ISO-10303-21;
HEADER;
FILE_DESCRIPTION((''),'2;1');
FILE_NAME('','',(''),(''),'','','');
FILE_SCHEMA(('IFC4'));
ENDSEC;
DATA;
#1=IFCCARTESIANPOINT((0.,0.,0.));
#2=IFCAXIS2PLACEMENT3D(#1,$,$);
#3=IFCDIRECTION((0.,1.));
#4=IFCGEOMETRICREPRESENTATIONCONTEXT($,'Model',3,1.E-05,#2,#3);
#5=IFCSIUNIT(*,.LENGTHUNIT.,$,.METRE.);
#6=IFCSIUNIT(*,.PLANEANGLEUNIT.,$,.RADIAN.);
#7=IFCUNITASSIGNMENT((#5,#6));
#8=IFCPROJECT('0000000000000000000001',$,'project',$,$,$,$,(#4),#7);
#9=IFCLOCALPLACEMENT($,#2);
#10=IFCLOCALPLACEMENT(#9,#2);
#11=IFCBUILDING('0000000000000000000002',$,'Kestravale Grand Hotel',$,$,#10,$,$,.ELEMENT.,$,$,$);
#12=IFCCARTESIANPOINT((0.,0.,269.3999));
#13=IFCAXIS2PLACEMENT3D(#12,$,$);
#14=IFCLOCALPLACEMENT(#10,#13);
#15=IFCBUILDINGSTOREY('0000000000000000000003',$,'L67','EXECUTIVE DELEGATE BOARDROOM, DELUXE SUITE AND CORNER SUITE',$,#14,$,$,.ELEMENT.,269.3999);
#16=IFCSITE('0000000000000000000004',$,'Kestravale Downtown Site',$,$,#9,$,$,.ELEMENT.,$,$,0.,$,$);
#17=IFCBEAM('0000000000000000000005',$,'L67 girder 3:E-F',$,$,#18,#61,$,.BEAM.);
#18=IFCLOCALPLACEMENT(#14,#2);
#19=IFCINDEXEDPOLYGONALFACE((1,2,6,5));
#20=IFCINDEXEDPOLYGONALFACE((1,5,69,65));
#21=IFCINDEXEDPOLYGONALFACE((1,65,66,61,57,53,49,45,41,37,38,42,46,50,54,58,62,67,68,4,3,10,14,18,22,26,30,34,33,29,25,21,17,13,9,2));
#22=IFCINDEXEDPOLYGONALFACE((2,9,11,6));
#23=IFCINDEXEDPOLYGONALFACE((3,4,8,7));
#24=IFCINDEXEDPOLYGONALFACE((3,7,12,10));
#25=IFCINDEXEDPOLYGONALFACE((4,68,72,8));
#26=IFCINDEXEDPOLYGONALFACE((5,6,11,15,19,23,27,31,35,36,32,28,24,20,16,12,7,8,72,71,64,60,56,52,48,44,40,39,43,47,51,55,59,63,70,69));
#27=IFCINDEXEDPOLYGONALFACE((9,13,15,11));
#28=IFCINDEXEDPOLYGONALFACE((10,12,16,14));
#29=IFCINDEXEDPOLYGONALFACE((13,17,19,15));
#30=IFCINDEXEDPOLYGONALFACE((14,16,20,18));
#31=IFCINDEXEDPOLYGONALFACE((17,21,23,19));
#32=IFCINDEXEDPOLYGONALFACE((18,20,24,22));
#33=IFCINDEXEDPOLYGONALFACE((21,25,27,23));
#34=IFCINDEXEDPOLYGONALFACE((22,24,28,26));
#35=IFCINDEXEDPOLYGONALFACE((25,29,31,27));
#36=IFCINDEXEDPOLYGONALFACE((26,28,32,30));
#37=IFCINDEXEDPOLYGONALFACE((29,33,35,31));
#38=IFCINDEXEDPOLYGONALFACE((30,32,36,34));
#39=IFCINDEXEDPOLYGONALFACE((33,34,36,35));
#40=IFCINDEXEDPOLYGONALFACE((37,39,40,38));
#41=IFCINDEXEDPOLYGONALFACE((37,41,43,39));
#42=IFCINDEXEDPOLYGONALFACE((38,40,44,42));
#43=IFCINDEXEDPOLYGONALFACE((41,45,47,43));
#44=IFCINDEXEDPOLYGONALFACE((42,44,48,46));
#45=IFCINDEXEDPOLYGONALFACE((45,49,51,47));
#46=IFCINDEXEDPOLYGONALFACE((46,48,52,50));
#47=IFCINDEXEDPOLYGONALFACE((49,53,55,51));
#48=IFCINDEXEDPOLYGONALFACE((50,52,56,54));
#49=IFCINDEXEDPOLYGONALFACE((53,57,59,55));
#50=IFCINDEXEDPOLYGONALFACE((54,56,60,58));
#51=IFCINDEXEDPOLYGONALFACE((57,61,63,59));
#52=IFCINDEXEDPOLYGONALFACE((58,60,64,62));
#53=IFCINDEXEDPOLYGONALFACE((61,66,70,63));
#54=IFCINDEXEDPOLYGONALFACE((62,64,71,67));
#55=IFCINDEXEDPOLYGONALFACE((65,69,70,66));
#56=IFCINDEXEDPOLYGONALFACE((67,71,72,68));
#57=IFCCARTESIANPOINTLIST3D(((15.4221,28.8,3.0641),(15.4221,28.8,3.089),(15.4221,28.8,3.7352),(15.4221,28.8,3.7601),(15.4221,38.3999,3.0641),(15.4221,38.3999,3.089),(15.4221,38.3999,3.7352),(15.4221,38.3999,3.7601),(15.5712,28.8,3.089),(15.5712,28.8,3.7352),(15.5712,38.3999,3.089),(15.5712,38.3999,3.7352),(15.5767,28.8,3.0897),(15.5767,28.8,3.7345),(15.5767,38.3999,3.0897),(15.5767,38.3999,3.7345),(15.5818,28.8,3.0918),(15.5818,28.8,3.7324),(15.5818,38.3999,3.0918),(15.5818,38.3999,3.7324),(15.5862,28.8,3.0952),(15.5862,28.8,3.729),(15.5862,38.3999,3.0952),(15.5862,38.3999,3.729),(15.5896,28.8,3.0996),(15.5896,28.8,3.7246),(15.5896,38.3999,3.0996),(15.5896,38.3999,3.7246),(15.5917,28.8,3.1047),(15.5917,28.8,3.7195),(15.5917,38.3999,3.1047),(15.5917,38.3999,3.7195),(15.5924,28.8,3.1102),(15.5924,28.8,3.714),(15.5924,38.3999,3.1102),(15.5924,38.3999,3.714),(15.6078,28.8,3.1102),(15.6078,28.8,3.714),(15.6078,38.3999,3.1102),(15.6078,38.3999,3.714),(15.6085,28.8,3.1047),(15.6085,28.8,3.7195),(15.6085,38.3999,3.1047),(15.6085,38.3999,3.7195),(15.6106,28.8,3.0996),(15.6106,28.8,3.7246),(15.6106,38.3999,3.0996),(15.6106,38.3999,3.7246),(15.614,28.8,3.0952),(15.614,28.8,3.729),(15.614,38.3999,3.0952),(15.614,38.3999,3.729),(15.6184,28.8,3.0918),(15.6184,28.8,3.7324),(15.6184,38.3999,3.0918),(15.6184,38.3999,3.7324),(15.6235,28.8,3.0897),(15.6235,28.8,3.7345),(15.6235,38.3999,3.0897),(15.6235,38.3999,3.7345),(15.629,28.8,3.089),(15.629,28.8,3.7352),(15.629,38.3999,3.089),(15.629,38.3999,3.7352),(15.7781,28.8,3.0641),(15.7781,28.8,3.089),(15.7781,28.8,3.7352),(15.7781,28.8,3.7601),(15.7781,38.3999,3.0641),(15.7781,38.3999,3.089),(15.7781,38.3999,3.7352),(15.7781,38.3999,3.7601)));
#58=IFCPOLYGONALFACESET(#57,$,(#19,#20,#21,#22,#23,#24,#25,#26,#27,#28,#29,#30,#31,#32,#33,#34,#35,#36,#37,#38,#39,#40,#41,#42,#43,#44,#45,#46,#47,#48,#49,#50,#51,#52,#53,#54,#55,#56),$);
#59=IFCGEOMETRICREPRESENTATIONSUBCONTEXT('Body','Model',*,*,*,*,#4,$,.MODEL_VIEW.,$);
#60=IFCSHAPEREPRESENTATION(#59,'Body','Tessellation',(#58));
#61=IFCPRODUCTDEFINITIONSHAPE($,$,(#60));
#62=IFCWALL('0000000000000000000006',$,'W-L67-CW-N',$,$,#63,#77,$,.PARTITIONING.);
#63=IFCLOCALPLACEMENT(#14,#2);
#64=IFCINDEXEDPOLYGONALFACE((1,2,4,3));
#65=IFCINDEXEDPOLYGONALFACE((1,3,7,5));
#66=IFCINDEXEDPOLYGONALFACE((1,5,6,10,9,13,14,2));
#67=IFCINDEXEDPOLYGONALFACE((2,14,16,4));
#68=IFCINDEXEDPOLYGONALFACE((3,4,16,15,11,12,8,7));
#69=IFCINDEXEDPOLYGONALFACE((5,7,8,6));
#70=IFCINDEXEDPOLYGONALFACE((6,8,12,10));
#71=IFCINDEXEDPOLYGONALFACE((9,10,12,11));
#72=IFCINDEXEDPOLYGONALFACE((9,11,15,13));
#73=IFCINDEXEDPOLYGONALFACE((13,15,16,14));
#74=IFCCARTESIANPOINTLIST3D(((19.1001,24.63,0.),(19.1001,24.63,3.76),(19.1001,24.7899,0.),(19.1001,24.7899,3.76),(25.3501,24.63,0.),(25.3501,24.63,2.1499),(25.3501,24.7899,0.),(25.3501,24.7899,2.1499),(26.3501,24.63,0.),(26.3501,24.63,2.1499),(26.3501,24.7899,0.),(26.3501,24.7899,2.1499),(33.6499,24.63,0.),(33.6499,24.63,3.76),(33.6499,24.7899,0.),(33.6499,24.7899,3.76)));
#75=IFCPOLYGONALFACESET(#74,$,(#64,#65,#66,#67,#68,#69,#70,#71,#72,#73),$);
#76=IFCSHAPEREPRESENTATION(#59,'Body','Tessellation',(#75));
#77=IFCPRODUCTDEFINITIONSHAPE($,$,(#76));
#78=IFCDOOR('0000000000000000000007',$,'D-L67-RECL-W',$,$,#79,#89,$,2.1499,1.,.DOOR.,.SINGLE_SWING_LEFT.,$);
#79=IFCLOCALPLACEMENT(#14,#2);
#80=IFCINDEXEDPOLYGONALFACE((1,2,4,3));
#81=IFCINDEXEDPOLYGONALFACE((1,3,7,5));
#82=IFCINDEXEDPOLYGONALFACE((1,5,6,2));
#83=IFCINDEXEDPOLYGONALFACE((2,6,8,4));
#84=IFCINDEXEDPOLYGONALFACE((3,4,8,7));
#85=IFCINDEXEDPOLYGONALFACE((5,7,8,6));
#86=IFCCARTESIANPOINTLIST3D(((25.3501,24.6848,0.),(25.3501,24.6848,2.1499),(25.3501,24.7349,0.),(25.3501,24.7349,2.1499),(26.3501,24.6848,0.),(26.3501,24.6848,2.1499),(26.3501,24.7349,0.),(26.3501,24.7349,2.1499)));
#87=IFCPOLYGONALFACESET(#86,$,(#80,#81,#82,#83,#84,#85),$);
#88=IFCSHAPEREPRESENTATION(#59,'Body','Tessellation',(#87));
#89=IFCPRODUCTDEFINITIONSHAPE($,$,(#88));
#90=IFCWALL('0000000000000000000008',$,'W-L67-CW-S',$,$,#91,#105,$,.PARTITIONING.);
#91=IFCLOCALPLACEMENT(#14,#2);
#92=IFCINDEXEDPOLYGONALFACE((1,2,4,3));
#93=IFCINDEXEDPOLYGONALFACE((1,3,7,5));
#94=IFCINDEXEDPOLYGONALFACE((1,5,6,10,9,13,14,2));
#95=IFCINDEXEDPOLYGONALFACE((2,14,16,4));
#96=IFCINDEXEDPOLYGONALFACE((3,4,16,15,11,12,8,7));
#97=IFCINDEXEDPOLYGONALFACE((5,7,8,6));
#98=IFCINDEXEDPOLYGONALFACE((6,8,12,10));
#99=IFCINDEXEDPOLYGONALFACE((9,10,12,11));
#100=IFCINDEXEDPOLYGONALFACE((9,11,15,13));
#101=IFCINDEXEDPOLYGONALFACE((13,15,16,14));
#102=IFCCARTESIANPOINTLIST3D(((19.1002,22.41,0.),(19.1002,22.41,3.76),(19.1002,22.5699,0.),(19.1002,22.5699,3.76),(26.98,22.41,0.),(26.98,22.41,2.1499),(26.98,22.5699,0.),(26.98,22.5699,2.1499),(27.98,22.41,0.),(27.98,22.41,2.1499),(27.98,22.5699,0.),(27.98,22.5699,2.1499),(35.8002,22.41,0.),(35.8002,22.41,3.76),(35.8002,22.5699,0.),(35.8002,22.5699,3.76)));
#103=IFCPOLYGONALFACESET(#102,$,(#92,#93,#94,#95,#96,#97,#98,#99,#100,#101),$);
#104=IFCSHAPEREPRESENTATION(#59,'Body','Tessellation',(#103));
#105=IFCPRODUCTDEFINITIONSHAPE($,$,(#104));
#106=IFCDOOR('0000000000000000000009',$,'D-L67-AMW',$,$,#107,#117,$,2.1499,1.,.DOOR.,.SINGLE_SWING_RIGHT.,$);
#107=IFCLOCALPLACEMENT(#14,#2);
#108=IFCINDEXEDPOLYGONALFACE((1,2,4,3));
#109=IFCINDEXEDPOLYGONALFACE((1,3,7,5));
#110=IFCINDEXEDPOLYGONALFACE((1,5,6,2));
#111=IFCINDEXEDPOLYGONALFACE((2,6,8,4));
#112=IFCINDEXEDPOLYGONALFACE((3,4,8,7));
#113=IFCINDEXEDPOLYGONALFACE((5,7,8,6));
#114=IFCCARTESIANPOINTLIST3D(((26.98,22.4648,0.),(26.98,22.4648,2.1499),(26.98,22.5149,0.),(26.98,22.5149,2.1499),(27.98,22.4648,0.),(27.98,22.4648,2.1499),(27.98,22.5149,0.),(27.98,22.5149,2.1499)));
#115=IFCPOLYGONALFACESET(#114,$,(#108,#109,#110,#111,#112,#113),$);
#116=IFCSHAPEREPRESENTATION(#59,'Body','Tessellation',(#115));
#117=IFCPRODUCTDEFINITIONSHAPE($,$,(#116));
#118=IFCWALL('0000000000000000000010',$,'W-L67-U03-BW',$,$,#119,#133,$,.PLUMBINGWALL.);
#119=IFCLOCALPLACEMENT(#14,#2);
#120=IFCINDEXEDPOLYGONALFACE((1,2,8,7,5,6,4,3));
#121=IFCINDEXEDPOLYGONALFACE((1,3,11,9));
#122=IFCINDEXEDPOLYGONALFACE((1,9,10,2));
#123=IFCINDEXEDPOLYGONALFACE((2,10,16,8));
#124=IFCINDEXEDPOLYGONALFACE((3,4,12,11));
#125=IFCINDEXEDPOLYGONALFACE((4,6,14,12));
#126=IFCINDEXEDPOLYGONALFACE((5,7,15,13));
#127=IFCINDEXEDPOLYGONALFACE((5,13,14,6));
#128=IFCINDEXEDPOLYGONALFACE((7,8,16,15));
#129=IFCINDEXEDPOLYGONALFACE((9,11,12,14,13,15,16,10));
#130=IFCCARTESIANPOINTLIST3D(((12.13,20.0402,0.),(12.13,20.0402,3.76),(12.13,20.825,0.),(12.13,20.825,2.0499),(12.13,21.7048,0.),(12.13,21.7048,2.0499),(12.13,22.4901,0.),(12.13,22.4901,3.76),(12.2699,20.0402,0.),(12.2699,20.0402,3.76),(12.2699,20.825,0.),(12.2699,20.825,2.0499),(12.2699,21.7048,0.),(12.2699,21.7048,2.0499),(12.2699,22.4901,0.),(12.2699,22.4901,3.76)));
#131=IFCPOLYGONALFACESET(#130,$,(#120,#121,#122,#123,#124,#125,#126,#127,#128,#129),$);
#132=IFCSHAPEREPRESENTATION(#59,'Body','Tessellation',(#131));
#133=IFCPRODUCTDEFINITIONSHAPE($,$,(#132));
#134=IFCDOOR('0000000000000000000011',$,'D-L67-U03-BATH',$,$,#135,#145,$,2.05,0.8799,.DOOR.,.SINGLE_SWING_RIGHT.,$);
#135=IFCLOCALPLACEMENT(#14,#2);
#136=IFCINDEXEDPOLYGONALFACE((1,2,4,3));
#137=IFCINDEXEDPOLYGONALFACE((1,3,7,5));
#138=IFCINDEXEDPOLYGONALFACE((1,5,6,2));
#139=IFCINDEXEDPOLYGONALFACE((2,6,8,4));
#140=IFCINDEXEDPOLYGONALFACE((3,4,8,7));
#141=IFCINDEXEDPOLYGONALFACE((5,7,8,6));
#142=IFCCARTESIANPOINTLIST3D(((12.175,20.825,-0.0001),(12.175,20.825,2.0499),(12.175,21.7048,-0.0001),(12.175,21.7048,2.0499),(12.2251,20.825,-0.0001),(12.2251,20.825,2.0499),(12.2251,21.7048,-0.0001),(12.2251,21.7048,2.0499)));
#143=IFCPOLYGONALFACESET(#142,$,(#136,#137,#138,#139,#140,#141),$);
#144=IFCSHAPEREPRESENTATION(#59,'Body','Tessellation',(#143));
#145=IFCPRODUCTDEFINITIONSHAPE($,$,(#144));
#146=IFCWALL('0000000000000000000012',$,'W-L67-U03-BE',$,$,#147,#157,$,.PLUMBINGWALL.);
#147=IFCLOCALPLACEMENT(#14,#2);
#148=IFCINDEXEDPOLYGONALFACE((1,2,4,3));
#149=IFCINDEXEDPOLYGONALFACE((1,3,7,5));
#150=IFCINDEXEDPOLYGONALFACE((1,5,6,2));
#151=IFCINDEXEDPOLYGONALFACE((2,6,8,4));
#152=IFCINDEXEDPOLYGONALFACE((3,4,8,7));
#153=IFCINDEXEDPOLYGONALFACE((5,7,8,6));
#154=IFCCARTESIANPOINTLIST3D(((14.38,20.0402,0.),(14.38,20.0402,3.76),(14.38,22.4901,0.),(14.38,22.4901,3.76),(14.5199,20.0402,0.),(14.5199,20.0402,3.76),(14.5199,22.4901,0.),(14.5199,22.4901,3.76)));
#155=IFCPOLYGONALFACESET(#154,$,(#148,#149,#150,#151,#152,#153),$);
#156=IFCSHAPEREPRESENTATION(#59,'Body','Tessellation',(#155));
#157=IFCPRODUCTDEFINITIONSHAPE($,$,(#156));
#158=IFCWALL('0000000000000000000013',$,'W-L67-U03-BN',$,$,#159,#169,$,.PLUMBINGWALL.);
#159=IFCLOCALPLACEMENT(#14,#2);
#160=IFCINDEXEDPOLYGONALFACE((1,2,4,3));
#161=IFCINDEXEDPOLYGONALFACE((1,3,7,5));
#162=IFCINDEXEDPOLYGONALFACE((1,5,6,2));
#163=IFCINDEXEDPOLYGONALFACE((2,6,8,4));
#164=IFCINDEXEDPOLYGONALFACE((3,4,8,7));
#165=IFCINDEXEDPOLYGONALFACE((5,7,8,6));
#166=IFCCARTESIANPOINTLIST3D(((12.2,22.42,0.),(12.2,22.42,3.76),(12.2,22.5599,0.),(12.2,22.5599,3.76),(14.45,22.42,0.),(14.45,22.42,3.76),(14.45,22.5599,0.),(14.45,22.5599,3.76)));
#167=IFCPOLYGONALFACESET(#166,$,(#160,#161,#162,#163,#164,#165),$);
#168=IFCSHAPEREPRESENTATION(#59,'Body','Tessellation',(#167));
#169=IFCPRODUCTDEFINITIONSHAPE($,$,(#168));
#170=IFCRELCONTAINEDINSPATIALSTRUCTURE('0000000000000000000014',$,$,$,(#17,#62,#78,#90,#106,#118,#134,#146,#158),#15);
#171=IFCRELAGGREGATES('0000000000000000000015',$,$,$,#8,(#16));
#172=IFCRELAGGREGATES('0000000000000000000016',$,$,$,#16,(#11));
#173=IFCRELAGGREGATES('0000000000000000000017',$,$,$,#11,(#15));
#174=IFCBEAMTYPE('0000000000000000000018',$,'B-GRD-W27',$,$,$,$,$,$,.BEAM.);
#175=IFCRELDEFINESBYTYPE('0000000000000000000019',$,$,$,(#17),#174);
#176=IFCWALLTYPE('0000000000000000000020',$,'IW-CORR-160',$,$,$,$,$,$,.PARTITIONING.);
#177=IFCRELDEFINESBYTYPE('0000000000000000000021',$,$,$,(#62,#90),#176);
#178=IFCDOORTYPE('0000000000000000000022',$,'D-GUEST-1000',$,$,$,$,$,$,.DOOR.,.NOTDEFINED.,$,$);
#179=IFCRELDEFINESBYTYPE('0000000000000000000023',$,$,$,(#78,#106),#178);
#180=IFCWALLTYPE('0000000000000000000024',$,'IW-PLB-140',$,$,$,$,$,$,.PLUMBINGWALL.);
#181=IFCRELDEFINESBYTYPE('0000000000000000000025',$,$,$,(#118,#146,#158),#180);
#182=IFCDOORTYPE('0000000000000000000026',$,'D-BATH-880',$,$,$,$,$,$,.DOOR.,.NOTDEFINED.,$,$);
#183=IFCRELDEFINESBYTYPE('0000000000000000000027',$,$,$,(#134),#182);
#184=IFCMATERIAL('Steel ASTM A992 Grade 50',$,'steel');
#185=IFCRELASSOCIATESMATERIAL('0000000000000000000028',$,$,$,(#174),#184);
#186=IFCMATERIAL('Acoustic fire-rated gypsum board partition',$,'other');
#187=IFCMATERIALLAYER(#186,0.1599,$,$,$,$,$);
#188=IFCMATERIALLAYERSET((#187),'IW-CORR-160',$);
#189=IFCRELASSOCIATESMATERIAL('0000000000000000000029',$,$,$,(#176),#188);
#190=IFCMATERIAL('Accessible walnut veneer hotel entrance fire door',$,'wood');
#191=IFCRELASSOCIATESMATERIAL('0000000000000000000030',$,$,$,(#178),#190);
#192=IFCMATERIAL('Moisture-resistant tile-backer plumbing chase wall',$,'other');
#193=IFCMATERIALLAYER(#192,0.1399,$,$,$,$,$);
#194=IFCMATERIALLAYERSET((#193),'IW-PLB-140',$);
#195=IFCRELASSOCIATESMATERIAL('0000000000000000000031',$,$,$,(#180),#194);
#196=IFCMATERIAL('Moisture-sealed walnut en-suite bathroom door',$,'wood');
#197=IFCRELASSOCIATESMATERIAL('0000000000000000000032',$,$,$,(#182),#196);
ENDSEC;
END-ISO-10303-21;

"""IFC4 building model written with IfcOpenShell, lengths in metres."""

from ifc_helpers import new_model, si_unit, direction, frame, frame_2d, origin, origin_2d, place, context, subcontext, project, spatial, rectangle, i_section, extrude, material, layer, layer_set, material_profile, profile_set, type_object, element, fill, save


model = new_model("IFC4")

# Units and contexts
model_context = context("Model", 3, precision=1e-05, world=origin(), true_north=direction((0.0, 1.0)))
body_context = subcontext(model_context, "Body", "Model", "MODEL_VIEW")
ifc_project = project(units=[si_unit("LENGTHUNIT", "METRE"), si_unit("PLANEANGLEUNIT", "RADIAN")], contexts=[model_context])

# Site, building, storey
site_placement = place(None, origin())
site = spatial("IfcSite", under=ifc_project, at=site_placement, Name="Kestravale Downtown Site", CompositionType="ELEMENT", RefElevation=0.0)
building_placement = place(site_placement, origin())
building = spatial("IfcBuilding", under=site, at=building_placement, Name="Kestravale Grand Hotel", CompositionType="ELEMENT")
storey_placement = place(building_placement, frame((0.0, 0.0, 269.3999)))
storey = spatial("IfcBuildingStorey", under=building, at=storey_placement, Name="L67", Description="EXECUTIVE DELEGATE BOARDROOM, DELUXE SUITE AND CORNER SUITE", CompositionType="ELEMENT", Elevation=269.3999)

# Beam
ifc_material_1 = material(Name="Steel ASTM A992 Grade 50", Category="steel")
ifc_material_profile_1 = material_profile(ifc_material_1, i_section(OverallWidth=0.356, OverallDepth=0.696, WebThickness=0.0154, FlangeThickness=0.0249, FilletRadius=0.0212, at=origin_2d()))
ifc_profile_set_1 = profile_set([ifc_material_profile_1], Name="Steel ASTM A992 Grade 50")
beam_type = type_object("IfcBeamType", Name="B-GRD-W27", PredefinedType="BEAM", material=ifc_profile_set_1)
beam_1_placement = place(storey_placement, frame((15.6001, 28.8, 3.4121), z_axis=(0.0, 1.0, 0.0), x_axis=(-1.0, 0.0, 0.0)))
element("IfcBeam", 1, at=beam_1_placement, inside=storey, type_object=beam_type, Name="L67 girder 3:E-F", PredefinedType="BEAM", context=body_context, shape_type="SweptSolid", body=[
    extrude(i_section(OverallWidth=0.356, OverallDepth=0.696, WebThickness=0.0154, FlangeThickness=0.0249, FilletRadius=0.0212, at=origin_2d()), origin(), (0.0, 0.0, 1.0), 9.5999),
])

# Walls, openings, doors
ifc_material_2 = material(Name="Acoustic fire-rated gypsum board partition", Category="other")
ifc_layer_1 = layer(ifc_material_2, 0.1599)
ifc_layer_set_1 = layer_set([ifc_layer_1], Name="IW-CORR-160")
wall_type_1 = type_object("IfcWallType", Name="IW-CORR-160", PredefinedType="PARTITIONING", material=ifc_layer_set_1)
wall_1_placement = place(storey_placement, frame((19.1001, 24.71, 0.0), z_axis=(0.0, 0.0, 1.0), x_axis=(1.0, 0.0, 0.0)))
wall_1 = element("IfcWall", 2, at=wall_1_placement, inside=storey, type_object=wall_type_1, Name="W-L67-CW-N", PredefinedType="PARTITIONING", context=body_context, shape_type="SweptSolid", body=[
    extrude(rectangle(XDim=14.5498, YDim=0.1599, at=frame_2d((7.2749, 0.0))), origin(), (0.0, 0.0, 1.0), 3.76),
])
opening_1_placement = place(wall_1_placement, frame((6.25, 0.0, 0.0)))
opening_1 = element("IfcOpeningElement", 3, at=opening_1_placement, cuts=wall_1, PredefinedType="OPENING", context=body_context, shape_type="SweptSolid", body=[
    extrude(rectangle(XDim=1.0, YDim=2.1499, at=frame_2d((0.5, 1.075))), frame((0.0, 0.0898, 0.0), z_axis=(0.0, -1.0, 0.0), x_axis=(1.0, 0.0, 0.0)), (0.0, 0.0, 1.0), 0.1799),
])
ifc_material_3 = material(Name="Accessible walnut veneer hotel entrance fire door", Category="wood")
door_type_1 = type_object("IfcDoorType", Name="D-GUEST-1000", OperationType="NOTDEFINED", PredefinedType="DOOR", material=ifc_material_3)
door_1_placement = place(opening_1_placement, origin())
door_1 = element("IfcDoor", 4, at=door_1_placement, inside=storey, type_object=door_type_1, Name="D-L67-RECL-W", OperationType="SINGLE_SWING_LEFT", OverallHeight=2.1499, OverallWidth=1.0, PredefinedType="DOOR", context=body_context, shape_type="SweptSolid", body=[
    extrude(rectangle(XDim=1.0, YDim=2.1499, at=frame_2d((0.5, 1.075))), frame((0.0, 0.0249, 0.0), z_axis=(0.0, -1.0, 0.0), x_axis=(1.0, 0.0, 0.0)), (0.0, 0.0, 1.0), 0.05),
])
fill(opening_1, door_1)
wall_2_placement = place(storey_placement, frame((19.1001, 22.49, 0.0), z_axis=(0.0, 0.0, 1.0), x_axis=(1.0, 0.0, 0.0)))
wall_2 = element("IfcWall", 5, at=wall_2_placement, inside=storey, type_object=wall_type_1, Name="W-L67-CW-S", PredefinedType="PARTITIONING", context=body_context, shape_type="SweptSolid", body=[
    extrude(rectangle(XDim=16.7, YDim=0.1599, at=frame_2d((8.3501, 0.0))), origin(), (0.0, 0.0, 1.0), 3.76),
])
opening_2_placement = place(wall_2_placement, frame((7.8799, 0.0, 0.0)))
opening_2 = element("IfcOpeningElement", 6, at=opening_2_placement, cuts=wall_2, PredefinedType="OPENING", context=body_context, shape_type="SweptSolid", body=[
    extrude(rectangle(XDim=1.0, YDim=2.1499, at=frame_2d((0.5, 1.075))), frame((0.0, 0.0898, 0.0), z_axis=(0.0, -1.0, 0.0), x_axis=(1.0, 0.0, 0.0)), (0.0, 0.0, 1.0), 0.1799),
])
door_2_placement = place(opening_2_placement, origin())
door_2 = element("IfcDoor", 7, at=door_2_placement, inside=storey, type_object=door_type_1, Name="D-L67-AMW", OperationType="SINGLE_SWING_RIGHT", OverallHeight=2.1499, OverallWidth=1.0, PredefinedType="DOOR", context=body_context, shape_type="SweptSolid", body=[
    extrude(rectangle(XDim=1.0, YDim=2.1499, at=frame_2d((0.5, 1.075))), frame((0.0, 0.0249, 0.0), z_axis=(0.0, -1.0, 0.0), x_axis=(1.0, 0.0, 0.0)), (0.0, 0.0, 1.0), 0.05),
])
fill(opening_2, door_2)
ifc_material_4 = material(Name="Moisture-resistant tile-backer plumbing chase wall", Category="other")
ifc_layer_2 = layer(ifc_material_4, 0.1399)
ifc_layer_set_2 = layer_set([ifc_layer_2], Name="IW-PLB-140")
wall_type_2 = type_object("IfcWallType", Name="IW-PLB-140", PredefinedType="PLUMBINGWALL", material=ifc_layer_set_2)
wall_3_placement = place(storey_placement, frame((12.2, 20.04, 0.0), z_axis=(0.0, 0.0, 1.0), x_axis=(0.0, 1.0, 0.0)))
wall_3 = element("IfcWall", 8, at=wall_3_placement, inside=storey, type_object=wall_type_2, Name="W-L67-U03-BW", PredefinedType="PLUMBINGWALL", context=body_context, shape_type="SweptSolid", body=[
    extrude(rectangle(XDim=2.45, YDim=0.1399, at=frame_2d((1.2251, 0.0))), origin(), (0.0, 0.0, 1.0), 3.76),
])
opening_3_placement = place(wall_3_placement, frame((0.7849, 0.0, 0.0)))
opening_3 = element("IfcOpeningElement", 9, at=opening_3_placement, cuts=wall_3, PredefinedType="OPENING", context=body_context, shape_type="SweptSolid", body=[
    extrude(rectangle(XDim=0.8799, YDim=2.05, at=frame_2d((0.4399, 1.0249))), frame((0.0, 0.0798, 0.0), z_axis=(0.0, -1.0, 0.0), x_axis=(1.0, 0.0, 0.0)), (0.0, 0.0, 1.0), 0.1599),
])
ifc_material_5 = material(Name="Moisture-sealed walnut en-suite bathroom door", Category="wood")
door_type_2 = type_object("IfcDoorType", Name="D-BATH-880", OperationType="NOTDEFINED", PredefinedType="DOOR", material=ifc_material_5)
door_3_placement = place(opening_3_placement, origin())
door_3 = element("IfcDoor", 10, at=door_3_placement, inside=storey, type_object=door_type_2, Name="D-L67-U03-BATH", OperationType="SINGLE_SWING_RIGHT", OverallHeight=2.05, OverallWidth=0.8799, PredefinedType="DOOR", context=body_context, shape_type="SweptSolid", body=[
    extrude(rectangle(XDim=0.8799, YDim=2.05, at=frame_2d((0.4399, 1.0249))), frame((0.0, 0.0249, 0.0), z_axis=(0.0, -1.0, 0.0), x_axis=(1.0, 0.0, 0.0)), (0.0, 0.0, 1.0), 0.05),
])
fill(opening_3, door_3)

# Walls
wall_4_placement = place(storey_placement, frame((14.45, 20.04, 0.0), z_axis=(0.0, 0.0, 1.0), x_axis=(0.0, 1.0, 0.0)))
element("IfcWall", 11, at=wall_4_placement, inside=storey, type_object=wall_type_2, Name="W-L67-U03-BE", PredefinedType="PLUMBINGWALL", context=body_context, shape_type="SweptSolid", body=[
    extrude(rectangle(XDim=2.45, YDim=0.1399, at=frame_2d((1.2251, 0.0))), origin(), (0.0, 0.0, 1.0), 3.76),
])
wall_5_placement = place(storey_placement, frame((12.2, 22.49, 0.0), z_axis=(0.0, 0.0, 1.0), x_axis=(1.0, 0.0, 0.0)))
element("IfcWall", 12, at=wall_5_placement, inside=storey, type_object=wall_type_2, Name="W-L67-U03-BN", PredefinedType="PLUMBINGWALL", context=body_context, shape_type="SweptSolid", body=[
    extrude(rectangle(XDim=2.25, YDim=0.1399, at=frame_2d((1.125, 0.0))), origin(), (0.0, 0.0, 1.0), 3.76),
])

save(model, "model.ifc")
